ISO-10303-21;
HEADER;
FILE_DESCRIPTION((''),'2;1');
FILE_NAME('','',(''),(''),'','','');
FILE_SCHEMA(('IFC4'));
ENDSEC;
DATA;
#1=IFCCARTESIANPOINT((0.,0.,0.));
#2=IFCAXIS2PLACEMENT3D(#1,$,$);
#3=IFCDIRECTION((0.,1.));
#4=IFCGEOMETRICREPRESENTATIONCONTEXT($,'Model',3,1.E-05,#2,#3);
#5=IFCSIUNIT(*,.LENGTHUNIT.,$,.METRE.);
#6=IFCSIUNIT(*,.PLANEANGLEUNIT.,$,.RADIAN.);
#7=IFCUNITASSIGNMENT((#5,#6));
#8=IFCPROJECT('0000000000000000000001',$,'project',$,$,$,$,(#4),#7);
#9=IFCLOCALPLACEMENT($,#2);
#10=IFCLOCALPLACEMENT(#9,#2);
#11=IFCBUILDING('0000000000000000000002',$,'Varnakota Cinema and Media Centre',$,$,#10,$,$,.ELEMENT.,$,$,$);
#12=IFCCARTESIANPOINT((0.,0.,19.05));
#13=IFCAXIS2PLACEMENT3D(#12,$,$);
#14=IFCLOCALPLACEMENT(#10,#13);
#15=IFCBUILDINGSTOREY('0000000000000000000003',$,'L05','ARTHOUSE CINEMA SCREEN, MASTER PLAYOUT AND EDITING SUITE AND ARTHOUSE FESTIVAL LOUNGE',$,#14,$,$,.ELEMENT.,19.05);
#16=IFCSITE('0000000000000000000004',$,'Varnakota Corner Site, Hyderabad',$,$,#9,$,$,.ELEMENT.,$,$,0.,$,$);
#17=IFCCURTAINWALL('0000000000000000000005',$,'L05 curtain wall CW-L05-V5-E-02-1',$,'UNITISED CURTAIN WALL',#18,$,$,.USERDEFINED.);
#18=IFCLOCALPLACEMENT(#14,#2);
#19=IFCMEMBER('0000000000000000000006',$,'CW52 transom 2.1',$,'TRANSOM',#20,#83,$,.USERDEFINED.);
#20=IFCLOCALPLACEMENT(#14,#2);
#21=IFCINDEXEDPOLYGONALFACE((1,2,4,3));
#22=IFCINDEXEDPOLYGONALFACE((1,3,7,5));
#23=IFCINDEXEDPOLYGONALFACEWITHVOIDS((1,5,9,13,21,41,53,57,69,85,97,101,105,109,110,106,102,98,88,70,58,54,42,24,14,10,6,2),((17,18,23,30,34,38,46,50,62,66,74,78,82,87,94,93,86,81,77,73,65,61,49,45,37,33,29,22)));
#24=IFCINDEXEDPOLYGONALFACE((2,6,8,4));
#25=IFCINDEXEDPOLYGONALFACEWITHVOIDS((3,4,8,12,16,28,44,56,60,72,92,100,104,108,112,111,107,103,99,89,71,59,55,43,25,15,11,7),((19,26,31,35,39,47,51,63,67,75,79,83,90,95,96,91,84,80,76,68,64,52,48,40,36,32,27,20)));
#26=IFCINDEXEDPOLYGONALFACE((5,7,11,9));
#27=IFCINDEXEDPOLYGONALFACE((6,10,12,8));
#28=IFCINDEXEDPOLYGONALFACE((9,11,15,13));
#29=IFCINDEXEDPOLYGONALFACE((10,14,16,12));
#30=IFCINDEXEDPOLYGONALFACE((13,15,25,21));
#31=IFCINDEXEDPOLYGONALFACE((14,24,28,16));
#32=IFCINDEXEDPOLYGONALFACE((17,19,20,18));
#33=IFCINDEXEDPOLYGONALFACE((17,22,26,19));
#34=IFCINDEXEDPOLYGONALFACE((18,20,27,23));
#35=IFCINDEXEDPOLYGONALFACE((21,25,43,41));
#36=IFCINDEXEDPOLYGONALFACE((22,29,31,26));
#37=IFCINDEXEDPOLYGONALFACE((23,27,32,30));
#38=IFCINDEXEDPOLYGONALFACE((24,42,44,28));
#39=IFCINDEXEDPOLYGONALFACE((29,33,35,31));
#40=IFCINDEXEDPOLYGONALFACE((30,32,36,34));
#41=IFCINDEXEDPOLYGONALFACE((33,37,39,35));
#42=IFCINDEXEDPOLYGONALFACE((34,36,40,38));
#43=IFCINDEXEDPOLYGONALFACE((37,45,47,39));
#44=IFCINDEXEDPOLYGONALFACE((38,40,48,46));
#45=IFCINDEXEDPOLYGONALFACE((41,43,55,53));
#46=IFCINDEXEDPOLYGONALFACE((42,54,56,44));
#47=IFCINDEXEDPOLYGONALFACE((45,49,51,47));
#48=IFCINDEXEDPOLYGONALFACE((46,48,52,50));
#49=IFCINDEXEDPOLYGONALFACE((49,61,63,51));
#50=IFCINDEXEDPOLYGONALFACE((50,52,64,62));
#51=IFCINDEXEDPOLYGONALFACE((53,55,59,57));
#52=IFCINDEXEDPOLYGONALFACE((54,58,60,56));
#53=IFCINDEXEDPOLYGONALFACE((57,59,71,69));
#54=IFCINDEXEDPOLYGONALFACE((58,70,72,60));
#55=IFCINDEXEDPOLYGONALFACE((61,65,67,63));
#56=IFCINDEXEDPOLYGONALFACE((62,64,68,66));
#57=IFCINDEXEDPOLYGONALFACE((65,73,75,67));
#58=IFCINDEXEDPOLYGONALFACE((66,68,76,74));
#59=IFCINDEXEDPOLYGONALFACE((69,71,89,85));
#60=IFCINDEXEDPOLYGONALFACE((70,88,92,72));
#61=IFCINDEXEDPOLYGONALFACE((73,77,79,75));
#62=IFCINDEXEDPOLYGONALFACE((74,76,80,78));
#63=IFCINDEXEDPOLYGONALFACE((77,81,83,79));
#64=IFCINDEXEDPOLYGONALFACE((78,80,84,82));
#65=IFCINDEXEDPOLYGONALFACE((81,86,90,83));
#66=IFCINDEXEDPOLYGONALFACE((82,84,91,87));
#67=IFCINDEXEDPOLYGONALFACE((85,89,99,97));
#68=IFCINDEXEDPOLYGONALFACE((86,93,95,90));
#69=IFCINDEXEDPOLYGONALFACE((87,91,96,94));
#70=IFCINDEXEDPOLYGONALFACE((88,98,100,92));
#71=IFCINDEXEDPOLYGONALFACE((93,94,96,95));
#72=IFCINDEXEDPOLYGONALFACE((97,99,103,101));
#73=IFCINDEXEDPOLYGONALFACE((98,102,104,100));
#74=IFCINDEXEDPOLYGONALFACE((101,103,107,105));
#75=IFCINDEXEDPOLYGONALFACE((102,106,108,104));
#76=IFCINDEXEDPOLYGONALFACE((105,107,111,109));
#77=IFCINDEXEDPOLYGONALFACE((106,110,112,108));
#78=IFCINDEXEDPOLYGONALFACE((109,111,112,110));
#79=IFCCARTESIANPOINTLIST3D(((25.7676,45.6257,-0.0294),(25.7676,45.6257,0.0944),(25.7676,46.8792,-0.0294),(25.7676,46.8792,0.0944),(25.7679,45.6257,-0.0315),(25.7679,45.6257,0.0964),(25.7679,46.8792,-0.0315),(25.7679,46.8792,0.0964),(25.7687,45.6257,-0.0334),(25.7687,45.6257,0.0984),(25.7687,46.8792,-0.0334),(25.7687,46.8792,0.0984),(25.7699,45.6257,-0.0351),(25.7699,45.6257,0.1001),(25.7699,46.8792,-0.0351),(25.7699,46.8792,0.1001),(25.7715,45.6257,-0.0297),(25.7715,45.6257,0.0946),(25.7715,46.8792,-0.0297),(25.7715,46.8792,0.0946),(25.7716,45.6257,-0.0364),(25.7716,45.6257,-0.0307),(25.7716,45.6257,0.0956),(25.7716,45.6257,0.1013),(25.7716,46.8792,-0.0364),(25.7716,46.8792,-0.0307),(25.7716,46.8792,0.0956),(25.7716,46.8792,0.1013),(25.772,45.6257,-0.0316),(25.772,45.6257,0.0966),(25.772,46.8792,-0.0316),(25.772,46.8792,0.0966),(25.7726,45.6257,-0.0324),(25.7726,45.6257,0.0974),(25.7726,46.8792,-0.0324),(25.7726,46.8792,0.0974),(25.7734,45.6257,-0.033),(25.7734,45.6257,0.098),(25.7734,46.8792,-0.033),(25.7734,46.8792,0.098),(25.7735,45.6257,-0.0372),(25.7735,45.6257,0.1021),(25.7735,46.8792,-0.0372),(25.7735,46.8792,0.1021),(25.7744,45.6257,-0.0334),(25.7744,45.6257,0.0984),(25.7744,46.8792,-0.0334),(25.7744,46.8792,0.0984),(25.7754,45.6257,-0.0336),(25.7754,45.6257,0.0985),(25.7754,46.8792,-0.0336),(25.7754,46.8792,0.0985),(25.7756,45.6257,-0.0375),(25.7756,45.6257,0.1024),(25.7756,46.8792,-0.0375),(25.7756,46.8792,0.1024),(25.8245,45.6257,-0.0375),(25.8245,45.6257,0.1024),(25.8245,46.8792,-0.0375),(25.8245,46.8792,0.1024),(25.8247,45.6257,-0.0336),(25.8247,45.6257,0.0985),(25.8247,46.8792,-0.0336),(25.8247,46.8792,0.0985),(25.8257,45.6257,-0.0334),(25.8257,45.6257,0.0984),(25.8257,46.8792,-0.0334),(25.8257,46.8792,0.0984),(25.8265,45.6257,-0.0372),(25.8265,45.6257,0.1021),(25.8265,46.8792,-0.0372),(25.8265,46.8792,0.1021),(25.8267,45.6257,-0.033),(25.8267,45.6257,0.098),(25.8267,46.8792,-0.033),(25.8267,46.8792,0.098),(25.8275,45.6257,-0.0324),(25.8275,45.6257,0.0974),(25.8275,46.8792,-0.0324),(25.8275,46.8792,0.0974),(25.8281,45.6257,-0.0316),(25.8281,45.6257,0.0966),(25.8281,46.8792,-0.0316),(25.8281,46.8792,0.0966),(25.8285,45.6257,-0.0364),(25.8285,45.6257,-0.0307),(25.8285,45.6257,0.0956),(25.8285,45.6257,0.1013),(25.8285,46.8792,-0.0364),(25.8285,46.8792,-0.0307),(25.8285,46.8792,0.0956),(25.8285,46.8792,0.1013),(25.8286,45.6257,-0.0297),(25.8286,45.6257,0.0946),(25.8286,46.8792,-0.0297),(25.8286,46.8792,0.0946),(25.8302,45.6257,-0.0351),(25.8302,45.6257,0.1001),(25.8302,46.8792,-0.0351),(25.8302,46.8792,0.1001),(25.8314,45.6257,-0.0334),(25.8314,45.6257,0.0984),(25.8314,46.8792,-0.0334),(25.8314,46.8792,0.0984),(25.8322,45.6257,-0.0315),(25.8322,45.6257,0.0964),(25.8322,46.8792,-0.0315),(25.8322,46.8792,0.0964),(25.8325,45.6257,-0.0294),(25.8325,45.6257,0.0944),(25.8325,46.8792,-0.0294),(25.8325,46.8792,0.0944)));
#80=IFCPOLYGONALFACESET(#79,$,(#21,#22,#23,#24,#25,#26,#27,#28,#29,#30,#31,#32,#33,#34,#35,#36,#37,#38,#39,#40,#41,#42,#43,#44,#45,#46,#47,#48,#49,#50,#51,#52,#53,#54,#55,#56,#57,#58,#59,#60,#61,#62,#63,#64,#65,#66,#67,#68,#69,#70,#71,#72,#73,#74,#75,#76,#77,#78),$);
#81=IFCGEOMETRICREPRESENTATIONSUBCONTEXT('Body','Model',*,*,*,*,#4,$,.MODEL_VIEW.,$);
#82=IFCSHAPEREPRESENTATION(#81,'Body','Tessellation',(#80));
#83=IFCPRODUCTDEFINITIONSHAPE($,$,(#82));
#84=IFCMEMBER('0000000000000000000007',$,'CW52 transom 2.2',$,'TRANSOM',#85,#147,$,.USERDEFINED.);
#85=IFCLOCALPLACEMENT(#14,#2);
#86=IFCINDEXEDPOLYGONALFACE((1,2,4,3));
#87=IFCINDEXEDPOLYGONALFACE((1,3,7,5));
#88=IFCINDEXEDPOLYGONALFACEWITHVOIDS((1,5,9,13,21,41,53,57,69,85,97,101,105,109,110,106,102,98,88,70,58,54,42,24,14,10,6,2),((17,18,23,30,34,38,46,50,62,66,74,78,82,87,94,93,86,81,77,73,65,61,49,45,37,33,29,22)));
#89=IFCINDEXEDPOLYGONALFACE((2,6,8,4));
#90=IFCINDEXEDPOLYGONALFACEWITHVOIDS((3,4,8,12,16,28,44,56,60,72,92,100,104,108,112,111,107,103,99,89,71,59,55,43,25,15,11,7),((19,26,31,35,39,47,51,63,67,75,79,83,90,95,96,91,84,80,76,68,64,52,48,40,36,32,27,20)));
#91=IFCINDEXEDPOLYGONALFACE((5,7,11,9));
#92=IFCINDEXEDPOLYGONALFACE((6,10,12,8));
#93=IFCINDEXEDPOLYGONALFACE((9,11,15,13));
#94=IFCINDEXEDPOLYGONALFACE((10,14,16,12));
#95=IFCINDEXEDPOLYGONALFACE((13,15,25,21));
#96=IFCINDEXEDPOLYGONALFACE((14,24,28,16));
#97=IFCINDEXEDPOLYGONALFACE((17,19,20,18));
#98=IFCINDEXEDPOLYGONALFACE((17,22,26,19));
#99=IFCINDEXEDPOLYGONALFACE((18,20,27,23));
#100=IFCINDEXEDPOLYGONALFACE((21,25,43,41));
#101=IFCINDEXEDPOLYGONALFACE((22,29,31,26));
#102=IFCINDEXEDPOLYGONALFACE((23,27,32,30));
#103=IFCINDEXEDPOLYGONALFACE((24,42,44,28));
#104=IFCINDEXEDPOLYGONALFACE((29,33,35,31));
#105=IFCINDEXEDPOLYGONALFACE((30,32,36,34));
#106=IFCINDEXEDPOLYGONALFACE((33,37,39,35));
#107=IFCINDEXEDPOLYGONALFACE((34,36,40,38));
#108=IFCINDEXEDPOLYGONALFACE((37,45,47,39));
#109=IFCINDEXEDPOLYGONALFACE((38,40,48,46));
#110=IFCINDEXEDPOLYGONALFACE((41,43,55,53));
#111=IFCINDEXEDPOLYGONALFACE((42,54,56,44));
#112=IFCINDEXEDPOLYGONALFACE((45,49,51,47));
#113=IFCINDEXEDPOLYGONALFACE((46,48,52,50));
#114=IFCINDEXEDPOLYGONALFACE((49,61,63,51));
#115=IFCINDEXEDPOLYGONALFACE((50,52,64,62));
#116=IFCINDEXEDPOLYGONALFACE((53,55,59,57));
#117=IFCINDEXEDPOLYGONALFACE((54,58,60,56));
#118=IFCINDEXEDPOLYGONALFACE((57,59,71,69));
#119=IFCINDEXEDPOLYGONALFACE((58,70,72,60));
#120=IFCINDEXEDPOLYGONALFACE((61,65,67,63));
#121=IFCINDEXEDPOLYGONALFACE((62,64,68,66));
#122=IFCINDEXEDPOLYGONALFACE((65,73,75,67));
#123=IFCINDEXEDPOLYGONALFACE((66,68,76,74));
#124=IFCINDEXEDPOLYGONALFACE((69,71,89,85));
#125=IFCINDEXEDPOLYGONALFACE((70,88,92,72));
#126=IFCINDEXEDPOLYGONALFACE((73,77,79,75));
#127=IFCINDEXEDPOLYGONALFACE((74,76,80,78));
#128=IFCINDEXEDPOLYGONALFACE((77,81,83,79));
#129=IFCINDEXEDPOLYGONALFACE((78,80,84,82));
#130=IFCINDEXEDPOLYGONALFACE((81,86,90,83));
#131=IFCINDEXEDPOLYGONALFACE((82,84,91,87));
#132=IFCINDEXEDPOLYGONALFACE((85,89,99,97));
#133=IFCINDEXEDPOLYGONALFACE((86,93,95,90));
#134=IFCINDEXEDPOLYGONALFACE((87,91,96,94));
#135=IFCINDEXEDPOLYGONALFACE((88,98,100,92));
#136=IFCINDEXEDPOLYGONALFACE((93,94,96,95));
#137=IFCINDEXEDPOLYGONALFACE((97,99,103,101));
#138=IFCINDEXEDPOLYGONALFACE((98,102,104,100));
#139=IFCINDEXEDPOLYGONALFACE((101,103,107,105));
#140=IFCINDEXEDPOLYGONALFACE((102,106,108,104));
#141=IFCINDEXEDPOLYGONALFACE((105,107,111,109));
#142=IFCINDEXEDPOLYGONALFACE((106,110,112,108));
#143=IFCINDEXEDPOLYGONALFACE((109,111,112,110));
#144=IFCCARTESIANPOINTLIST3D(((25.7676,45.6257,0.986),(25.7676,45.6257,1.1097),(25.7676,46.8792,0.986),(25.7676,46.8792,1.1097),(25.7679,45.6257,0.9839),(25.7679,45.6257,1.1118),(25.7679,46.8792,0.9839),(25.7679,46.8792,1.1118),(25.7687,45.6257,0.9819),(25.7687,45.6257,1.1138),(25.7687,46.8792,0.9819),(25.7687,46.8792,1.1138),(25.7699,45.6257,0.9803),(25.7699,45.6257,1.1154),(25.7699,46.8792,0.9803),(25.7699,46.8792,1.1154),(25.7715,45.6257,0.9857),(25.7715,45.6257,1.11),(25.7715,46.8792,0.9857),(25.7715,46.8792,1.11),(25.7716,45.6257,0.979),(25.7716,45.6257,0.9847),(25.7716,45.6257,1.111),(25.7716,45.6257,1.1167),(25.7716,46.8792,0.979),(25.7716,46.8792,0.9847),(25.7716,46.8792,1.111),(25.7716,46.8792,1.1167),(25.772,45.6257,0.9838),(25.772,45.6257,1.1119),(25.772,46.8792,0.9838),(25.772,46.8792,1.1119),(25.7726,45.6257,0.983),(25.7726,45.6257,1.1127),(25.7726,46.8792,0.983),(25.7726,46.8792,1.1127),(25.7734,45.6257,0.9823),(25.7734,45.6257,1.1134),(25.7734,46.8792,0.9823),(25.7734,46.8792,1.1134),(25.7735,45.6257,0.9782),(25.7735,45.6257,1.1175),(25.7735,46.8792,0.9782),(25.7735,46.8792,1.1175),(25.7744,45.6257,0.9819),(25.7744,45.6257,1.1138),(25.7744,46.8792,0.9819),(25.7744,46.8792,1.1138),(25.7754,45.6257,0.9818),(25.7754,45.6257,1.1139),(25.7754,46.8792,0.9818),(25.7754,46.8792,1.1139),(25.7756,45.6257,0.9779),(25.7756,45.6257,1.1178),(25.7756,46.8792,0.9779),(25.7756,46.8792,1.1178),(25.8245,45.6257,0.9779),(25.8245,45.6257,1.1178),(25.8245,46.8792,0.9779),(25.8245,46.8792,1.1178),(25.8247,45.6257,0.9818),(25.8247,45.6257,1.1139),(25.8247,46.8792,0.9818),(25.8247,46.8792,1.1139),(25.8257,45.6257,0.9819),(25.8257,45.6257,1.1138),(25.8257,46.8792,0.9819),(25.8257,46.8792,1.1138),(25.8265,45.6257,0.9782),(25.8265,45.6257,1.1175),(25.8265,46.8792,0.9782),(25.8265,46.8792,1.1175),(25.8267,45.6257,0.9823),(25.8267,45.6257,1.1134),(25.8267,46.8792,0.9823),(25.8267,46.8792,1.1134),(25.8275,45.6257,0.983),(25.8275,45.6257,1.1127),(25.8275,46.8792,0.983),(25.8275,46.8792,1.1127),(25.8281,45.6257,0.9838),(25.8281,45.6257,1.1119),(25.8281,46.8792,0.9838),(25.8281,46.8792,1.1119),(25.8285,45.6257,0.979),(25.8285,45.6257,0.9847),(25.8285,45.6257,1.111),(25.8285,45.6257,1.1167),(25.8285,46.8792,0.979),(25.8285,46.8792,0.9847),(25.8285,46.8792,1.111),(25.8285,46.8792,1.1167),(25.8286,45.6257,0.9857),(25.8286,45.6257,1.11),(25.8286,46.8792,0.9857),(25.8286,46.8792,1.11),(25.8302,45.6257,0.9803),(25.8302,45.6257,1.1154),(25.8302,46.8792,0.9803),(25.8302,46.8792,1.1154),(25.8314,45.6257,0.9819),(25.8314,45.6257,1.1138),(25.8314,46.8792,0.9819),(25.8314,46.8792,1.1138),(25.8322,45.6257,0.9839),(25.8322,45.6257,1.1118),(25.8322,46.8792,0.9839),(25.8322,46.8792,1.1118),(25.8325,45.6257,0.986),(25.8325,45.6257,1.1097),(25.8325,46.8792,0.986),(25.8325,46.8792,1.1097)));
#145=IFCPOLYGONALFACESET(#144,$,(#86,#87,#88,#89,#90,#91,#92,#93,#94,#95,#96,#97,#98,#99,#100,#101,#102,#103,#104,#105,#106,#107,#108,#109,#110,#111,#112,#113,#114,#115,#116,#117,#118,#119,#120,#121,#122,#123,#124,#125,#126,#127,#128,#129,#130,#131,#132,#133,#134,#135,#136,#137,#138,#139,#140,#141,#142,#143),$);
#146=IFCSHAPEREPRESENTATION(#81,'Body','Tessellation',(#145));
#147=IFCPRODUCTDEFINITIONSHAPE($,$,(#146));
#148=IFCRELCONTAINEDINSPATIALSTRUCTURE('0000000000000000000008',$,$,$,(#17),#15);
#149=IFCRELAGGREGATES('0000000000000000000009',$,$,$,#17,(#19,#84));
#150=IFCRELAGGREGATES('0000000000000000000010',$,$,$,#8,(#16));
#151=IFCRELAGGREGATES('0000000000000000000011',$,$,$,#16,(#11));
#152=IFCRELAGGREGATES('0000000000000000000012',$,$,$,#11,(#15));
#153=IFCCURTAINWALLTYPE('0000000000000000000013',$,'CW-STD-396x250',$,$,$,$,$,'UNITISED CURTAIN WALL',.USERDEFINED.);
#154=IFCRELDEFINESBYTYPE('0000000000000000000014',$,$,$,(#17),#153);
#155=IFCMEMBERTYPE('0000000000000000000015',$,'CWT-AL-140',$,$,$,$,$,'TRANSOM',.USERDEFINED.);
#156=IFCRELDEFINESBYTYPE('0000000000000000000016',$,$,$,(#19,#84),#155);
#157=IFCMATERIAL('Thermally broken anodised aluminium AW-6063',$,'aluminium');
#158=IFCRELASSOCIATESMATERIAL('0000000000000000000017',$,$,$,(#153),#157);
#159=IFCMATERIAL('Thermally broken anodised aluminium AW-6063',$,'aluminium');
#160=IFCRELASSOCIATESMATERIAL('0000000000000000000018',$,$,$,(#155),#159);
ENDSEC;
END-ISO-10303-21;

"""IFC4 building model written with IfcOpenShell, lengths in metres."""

from ifc_helpers import new_model, si_unit, direction, frame, origin, origin_2d, place, context, subcontext, project, spatial, hollow_rectangle, extrude, material, material_profile, profile_set, type_object, element, aggregate, save


model = new_model("IFC4")

# Units and contexts
model_context = context("Model", 3, precision=1e-05, world=origin(), true_north=direction((0.0, 1.0)))
body_context = subcontext(model_context, "Body", "Model", "MODEL_VIEW")
ifc_project = project(units=[si_unit("LENGTHUNIT", "METRE"), si_unit("PLANEANGLEUNIT", "RADIAN")], contexts=[model_context])

# Site, building, storey
site_placement = place(None, origin())
site = spatial("IfcSite", under=ifc_project, at=site_placement, Name="Varnakota Corner Site, Hyderabad", CompositionType="ELEMENT", RefElevation=0.0)
building_placement = place(site_placement, origin())
building = spatial("IfcBuilding", under=site, at=building_placement, Name="Varnakota Cinema and Media Centre", CompositionType="ELEMENT")
storey_placement = place(building_placement, frame((0.0, 0.0, 19.05)))
storey = spatial("IfcBuildingStorey", under=building, at=storey_placement, Name="L05", Description="ARTHOUSE CINEMA SCREEN, MASTER PLAYOUT AND EDITING SUITE AND ARTHOUSE FESTIVAL LOUNGE", CompositionType="ELEMENT", Elevation=19.05)

# Curtain wall, members
ifc_material_1 = material(Name="Thermally broken anodised aluminium AW-6063", Category="aluminium")
curtain_wall_type = type_object("IfcCurtainWallType", Name="CW-STD-396x250", ElementType="UNITISED CURTAIN WALL", PredefinedType="USERDEFINED", material=ifc_material_1)
curtain_wall_placement = place(storey_placement, origin())
curtain_wall = element("IfcCurtainWall", 1, at=curtain_wall_placement, inside=storey, type_object=curtain_wall_type, Name="L05 curtain wall CW-L05-V5-E-02-1", ObjectType="UNITISED CURTAIN WALL", PredefinedType="USERDEFINED")
ifc_material_2 = material(Name="Thermally broken anodised aluminium AW-6063", Category="aluminium")
ifc_material_profile_1 = material_profile(ifc_material_2, hollow_rectangle(XDim=0.0649, YDim=0.1399, WallThickness=0.0039, InnerFilletRadius=0.0039, OuterFilletRadius=0.0081, at=origin_2d()), Name="AL-TRANSOM 140x65x4")
ifc_profile_set_1 = profile_set([ifc_material_profile_1], Name="Thermally broken anodised aluminium AW-6063")
member_type_1 = type_object("IfcMemberType", Name="CWT-AL-140", ElementType="TRANSOM", PredefinedType="USERDEFINED", material=ifc_profile_set_1)
member_1_placement = place(storey_placement, frame((25.8, 45.6257, 0.0325), z_axis=(0.0, 1.0, 0.0), x_axis=(-1.0, 0.0, 0.0)))
member_1 = element("IfcMember", 2, at=member_1_placement, type_object=member_type_1, Name="CW52 transom 2.1", ObjectType="TRANSOM", PredefinedType="USERDEFINED", context=body_context, shape_type="SweptSolid", body=[
    extrude(hollow_rectangle(XDim=0.0649, YDim=0.1399, WallThickness=0.0039, InnerFilletRadius=0.0039, OuterFilletRadius=0.0081, at=origin_2d()), origin(), (0.0, 0.0, 1.0), 1.2534),
])
member_2_placement = place(storey_placement, frame((25.8, 45.6257, 1.0479), z_axis=(0.0, 1.0, 0.0), x_axis=(-1.0, 0.0, 0.0)))
member_2 = element("IfcMember", 3, at=member_2_placement, type_object=member_type_1, Name="CW52 transom 2.2", ObjectType="TRANSOM", PredefinedType="USERDEFINED", context=body_context, shape_type="SweptSolid", body=[
    extrude(hollow_rectangle(XDim=0.0649, YDim=0.1399, WallThickness=0.0039, InnerFilletRadius=0.0039, OuterFilletRadius=0.0081, at=origin_2d()), origin(), (0.0, 0.0, 1.0), 1.2534),
])
aggregate(curtain_wall, [member_1, member_2])

save(model, "model.ifc")
